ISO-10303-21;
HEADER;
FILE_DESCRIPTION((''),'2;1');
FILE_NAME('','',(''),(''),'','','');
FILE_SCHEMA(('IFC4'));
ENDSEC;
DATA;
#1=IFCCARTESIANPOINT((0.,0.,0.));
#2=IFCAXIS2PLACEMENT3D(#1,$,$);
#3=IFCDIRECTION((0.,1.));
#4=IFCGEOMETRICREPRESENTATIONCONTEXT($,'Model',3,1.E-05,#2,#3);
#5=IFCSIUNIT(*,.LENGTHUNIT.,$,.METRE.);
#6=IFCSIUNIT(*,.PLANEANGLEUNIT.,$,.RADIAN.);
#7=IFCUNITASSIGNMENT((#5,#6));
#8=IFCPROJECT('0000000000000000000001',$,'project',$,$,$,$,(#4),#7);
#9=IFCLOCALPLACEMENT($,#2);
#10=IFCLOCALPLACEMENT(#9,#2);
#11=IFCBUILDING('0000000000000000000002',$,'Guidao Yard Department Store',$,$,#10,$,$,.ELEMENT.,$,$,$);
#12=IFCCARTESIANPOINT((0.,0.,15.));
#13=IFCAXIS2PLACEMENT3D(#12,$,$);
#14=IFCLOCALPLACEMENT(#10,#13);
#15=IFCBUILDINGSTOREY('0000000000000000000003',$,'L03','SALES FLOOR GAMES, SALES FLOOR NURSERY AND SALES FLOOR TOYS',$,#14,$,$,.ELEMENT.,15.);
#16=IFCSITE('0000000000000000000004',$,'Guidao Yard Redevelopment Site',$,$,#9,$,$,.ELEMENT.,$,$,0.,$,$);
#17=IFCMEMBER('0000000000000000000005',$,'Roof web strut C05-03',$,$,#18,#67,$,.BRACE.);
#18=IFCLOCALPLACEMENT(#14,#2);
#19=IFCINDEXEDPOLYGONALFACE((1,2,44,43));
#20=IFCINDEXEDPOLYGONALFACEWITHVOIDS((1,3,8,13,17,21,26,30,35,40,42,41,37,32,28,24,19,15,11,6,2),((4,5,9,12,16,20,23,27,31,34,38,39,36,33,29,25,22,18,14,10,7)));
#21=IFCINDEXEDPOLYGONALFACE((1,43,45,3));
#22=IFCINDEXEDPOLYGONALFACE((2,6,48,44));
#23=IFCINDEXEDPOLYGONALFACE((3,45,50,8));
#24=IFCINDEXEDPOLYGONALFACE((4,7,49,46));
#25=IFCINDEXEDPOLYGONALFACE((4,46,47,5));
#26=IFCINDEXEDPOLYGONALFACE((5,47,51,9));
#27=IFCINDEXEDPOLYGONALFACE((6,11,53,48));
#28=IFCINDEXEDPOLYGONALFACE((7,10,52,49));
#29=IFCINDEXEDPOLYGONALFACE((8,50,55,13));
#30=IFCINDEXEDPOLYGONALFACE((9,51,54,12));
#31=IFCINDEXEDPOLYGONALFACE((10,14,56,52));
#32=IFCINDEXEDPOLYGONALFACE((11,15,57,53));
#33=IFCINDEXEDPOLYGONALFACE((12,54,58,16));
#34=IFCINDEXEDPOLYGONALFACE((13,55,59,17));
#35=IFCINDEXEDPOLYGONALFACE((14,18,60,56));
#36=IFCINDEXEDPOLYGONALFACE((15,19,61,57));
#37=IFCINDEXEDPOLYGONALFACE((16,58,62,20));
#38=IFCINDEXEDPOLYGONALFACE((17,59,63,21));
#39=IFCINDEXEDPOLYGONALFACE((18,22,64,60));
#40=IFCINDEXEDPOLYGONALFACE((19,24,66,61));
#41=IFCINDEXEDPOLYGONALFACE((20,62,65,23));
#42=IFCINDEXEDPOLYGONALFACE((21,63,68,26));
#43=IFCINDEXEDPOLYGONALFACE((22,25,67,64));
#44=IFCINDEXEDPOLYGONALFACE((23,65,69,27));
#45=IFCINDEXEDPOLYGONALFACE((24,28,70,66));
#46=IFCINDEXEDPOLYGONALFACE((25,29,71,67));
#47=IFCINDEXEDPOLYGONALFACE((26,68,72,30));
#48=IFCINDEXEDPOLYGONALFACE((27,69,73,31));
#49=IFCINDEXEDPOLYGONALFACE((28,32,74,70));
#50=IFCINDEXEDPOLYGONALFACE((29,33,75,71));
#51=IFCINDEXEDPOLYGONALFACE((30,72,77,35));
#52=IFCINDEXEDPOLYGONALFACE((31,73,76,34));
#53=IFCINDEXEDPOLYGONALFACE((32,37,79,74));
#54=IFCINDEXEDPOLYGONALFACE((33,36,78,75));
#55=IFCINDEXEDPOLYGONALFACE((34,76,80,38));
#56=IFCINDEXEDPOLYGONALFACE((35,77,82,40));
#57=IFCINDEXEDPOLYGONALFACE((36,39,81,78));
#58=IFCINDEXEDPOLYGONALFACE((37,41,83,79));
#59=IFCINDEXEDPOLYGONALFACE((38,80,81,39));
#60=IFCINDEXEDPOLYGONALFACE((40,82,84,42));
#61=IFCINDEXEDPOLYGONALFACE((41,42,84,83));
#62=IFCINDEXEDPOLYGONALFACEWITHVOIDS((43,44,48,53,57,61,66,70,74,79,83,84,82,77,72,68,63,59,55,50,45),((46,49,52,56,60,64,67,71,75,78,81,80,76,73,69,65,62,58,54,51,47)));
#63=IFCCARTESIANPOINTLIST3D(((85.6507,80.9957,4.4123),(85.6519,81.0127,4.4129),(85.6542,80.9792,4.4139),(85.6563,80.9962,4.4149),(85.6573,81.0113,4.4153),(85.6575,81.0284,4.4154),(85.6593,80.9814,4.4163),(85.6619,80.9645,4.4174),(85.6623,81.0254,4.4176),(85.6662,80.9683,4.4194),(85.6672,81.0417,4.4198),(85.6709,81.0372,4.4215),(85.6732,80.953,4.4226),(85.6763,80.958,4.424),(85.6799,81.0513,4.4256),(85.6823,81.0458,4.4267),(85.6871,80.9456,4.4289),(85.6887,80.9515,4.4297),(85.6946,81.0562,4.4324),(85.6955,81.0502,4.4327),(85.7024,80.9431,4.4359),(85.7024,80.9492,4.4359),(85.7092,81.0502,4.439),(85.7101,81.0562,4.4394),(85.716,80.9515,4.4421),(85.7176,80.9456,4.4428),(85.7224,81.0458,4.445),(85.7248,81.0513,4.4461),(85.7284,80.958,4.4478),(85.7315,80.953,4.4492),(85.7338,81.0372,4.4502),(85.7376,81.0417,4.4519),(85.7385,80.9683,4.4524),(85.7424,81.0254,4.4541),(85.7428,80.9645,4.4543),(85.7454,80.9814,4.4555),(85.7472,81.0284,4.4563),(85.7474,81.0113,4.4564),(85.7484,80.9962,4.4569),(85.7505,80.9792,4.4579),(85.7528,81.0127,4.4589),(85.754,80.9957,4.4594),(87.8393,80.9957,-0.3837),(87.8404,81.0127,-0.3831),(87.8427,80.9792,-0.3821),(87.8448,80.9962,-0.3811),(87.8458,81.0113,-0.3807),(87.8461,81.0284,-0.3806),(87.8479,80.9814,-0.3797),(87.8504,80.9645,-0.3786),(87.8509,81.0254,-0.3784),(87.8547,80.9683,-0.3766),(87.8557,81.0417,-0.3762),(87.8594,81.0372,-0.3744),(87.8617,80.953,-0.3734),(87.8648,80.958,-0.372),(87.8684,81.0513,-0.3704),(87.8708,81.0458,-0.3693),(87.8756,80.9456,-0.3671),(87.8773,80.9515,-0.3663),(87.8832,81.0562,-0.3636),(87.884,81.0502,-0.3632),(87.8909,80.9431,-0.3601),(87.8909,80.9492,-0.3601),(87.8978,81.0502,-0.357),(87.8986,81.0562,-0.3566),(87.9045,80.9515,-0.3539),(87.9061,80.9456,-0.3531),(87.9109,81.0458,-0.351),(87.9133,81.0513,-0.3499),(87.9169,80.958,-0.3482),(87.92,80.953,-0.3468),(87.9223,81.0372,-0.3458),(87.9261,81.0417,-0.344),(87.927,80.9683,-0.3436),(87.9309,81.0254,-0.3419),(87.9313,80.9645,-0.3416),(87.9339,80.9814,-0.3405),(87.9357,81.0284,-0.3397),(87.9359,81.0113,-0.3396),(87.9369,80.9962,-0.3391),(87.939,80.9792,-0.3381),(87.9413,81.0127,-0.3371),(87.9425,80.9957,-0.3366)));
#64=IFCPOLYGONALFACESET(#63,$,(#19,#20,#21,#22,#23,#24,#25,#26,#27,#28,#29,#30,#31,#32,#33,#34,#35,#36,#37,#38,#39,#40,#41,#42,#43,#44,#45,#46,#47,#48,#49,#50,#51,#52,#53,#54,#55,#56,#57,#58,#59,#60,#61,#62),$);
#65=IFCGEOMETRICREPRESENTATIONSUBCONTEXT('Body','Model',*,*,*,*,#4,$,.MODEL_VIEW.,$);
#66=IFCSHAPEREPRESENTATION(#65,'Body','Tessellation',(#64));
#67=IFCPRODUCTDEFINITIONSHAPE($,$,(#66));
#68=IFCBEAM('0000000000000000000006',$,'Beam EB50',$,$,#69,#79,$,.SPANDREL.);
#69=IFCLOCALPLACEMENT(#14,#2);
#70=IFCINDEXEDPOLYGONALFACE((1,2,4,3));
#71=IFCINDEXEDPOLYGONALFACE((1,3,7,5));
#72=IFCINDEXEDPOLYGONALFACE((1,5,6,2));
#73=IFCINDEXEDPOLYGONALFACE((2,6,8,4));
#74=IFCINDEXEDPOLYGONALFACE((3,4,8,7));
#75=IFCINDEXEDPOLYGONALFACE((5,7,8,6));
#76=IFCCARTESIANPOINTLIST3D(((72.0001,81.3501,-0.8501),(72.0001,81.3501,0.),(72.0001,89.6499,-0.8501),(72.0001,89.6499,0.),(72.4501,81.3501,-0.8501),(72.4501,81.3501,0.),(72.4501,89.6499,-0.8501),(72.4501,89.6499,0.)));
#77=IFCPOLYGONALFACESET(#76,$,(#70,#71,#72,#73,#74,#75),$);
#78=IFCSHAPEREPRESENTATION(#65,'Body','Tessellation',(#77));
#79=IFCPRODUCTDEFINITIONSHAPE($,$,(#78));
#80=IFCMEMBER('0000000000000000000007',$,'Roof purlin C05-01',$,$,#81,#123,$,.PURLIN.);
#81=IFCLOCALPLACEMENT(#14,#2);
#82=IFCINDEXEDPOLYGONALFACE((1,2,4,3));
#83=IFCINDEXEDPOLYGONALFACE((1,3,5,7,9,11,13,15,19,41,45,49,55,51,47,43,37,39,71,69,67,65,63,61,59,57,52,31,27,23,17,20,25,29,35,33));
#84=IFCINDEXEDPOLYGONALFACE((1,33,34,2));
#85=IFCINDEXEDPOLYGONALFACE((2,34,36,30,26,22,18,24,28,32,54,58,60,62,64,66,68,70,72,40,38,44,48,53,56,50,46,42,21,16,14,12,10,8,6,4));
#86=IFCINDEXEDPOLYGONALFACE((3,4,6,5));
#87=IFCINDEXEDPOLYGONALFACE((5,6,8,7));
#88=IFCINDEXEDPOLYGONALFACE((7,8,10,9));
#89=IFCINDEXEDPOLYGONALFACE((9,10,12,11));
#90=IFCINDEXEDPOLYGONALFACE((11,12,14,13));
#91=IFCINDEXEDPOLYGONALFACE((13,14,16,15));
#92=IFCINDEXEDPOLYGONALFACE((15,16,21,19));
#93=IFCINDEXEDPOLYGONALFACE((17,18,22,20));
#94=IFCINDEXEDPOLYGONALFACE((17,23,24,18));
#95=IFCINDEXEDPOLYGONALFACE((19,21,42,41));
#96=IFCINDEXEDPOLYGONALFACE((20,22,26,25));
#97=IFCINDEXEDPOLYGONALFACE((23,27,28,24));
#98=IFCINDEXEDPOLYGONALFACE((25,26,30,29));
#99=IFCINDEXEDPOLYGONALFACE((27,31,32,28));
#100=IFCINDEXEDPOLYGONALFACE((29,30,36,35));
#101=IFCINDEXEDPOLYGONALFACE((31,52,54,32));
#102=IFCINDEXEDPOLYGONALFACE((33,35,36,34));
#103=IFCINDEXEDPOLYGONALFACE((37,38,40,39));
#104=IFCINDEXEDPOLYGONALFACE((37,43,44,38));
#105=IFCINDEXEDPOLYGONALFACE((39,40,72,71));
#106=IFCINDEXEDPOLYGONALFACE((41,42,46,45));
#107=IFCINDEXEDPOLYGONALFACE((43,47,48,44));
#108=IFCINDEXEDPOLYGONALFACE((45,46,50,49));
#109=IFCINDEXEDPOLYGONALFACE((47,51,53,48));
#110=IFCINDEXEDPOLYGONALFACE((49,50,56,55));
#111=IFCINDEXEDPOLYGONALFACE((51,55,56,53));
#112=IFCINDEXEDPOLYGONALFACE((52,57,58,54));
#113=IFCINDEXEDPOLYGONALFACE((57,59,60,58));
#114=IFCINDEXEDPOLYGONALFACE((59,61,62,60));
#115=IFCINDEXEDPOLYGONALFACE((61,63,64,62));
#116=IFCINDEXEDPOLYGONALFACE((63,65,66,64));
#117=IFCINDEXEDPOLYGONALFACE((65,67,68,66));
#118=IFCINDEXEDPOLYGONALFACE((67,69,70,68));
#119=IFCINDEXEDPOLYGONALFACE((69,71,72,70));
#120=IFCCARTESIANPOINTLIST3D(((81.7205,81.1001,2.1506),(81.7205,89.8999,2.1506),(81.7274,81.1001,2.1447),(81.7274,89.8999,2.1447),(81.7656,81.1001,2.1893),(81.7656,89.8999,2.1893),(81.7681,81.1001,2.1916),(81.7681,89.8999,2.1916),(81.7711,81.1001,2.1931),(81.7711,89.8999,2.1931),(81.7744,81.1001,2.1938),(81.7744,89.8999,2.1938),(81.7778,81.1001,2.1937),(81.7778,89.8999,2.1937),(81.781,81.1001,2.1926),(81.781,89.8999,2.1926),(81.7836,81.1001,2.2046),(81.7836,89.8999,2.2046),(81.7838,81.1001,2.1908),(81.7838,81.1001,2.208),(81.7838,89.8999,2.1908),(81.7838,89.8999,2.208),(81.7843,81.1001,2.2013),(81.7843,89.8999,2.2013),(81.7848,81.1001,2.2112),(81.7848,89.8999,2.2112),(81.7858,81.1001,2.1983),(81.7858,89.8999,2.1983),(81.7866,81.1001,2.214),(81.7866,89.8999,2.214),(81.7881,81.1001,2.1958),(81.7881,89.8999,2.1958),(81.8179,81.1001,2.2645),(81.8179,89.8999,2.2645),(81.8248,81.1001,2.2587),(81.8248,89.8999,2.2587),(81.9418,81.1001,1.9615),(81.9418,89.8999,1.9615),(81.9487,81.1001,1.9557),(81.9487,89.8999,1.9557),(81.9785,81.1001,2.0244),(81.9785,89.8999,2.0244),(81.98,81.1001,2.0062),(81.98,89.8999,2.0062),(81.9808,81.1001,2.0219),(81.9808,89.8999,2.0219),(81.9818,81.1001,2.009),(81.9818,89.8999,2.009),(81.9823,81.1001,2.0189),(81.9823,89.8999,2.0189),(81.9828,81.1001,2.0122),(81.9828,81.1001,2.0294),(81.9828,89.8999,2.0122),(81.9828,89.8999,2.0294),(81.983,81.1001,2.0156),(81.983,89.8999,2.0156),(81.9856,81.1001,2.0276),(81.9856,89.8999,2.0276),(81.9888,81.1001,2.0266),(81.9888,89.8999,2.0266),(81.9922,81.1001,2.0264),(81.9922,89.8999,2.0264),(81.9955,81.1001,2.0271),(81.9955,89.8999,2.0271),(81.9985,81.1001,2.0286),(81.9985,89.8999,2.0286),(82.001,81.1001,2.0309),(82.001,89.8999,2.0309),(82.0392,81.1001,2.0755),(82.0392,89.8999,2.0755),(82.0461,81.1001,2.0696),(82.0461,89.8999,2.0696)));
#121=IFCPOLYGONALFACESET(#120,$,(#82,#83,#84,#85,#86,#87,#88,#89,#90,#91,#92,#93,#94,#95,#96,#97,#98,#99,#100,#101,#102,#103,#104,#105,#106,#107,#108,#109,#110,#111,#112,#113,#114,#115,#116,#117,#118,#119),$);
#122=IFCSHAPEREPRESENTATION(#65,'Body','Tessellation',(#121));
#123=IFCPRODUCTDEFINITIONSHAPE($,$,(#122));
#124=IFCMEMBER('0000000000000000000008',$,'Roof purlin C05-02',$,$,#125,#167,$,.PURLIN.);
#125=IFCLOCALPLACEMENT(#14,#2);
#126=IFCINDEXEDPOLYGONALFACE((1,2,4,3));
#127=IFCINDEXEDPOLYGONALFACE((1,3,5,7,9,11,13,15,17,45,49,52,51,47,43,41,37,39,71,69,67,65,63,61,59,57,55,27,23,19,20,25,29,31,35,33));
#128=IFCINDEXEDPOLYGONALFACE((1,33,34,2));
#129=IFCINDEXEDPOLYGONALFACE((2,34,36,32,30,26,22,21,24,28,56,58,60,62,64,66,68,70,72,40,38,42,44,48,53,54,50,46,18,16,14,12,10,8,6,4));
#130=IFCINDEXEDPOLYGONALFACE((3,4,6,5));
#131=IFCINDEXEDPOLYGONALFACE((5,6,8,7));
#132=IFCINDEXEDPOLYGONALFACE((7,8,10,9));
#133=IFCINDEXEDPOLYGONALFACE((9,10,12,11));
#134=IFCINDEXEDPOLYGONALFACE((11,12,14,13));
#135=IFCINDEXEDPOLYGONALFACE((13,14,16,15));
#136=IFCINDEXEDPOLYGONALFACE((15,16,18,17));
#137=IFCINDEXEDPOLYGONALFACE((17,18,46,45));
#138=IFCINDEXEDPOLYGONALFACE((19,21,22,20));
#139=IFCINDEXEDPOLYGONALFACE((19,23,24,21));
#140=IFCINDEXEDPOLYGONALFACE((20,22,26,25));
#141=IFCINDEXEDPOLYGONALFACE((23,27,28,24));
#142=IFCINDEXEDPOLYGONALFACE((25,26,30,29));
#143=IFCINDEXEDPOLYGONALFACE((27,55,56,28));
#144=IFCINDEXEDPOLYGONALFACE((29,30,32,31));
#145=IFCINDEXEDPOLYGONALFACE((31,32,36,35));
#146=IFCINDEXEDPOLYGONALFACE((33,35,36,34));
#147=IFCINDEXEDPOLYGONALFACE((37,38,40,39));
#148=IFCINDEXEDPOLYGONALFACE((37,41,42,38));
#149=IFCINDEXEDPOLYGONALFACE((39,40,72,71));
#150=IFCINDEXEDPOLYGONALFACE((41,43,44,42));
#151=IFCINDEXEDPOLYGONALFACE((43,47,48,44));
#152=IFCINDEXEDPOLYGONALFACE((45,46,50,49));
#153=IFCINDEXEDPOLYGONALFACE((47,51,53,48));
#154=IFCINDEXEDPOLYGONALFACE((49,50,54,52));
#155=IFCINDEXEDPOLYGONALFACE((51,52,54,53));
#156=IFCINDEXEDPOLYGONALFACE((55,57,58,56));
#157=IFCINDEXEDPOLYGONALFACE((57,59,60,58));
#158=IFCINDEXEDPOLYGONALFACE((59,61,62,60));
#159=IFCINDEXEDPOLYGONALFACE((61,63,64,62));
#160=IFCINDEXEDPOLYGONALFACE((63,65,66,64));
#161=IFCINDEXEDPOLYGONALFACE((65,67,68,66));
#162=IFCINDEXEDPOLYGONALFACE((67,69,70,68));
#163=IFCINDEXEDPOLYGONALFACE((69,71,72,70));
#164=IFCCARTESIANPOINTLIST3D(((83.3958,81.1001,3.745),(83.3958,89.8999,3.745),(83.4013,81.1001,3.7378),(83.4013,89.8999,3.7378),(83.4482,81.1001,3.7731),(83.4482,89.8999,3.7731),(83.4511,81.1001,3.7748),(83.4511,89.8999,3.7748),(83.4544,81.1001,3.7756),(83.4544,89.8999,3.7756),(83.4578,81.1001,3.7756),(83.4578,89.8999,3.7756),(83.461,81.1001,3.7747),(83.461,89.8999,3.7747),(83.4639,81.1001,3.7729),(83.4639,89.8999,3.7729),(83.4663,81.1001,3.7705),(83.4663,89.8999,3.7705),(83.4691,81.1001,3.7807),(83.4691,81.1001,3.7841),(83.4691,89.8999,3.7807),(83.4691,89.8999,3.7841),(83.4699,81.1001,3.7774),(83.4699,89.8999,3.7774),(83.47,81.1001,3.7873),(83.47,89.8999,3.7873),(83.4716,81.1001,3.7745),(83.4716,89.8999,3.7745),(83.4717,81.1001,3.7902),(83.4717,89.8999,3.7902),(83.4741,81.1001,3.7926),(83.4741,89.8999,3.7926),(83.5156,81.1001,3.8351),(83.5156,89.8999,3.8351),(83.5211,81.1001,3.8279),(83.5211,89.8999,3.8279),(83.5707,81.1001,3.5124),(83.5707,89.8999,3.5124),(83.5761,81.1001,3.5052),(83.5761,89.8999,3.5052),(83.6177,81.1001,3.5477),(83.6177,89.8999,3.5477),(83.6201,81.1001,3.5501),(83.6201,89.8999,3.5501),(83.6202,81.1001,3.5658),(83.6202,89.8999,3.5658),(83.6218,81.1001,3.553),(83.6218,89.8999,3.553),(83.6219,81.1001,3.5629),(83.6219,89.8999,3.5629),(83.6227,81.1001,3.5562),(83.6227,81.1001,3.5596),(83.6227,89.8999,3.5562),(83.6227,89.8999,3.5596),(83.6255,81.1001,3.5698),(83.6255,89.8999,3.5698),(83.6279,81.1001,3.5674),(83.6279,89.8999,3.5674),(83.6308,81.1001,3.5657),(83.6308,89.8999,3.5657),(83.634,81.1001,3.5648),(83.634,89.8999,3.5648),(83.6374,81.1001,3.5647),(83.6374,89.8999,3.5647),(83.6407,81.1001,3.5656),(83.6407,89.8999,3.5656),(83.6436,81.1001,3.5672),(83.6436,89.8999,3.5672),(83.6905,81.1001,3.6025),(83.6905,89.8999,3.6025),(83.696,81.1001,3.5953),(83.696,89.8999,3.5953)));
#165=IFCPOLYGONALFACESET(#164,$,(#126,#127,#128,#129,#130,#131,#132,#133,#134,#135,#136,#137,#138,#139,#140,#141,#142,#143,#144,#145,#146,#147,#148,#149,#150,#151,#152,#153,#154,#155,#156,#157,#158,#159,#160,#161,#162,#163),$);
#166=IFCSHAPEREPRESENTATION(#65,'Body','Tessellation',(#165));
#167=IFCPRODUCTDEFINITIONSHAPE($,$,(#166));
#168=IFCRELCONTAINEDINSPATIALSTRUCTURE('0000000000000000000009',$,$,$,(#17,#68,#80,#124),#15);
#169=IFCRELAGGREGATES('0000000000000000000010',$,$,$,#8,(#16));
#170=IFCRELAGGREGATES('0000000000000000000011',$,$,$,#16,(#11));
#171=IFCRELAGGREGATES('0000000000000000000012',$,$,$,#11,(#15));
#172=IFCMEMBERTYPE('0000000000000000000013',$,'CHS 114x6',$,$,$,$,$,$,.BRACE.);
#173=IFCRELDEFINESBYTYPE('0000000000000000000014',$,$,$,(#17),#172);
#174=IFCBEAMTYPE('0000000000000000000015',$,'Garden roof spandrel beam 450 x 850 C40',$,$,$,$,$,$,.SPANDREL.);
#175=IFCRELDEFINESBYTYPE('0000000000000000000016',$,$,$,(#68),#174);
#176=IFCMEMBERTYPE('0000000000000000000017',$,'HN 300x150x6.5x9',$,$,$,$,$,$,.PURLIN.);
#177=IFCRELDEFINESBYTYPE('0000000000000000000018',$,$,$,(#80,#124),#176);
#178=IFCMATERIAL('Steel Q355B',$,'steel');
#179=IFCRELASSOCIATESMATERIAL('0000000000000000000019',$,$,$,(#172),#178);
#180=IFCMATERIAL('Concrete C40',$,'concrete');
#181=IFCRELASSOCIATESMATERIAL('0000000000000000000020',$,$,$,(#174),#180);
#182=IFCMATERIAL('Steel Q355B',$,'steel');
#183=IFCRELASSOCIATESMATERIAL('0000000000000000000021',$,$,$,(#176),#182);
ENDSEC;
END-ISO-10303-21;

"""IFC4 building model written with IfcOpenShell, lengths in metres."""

from ifc_helpers import new_model, si_unit, direction, frame, origin, origin_2d, place, context, subcontext, project, spatial, rectangle, hollow_circle, i_section, extrude, material, material_profile, profile_set, type_object, element, save


model = new_model("IFC4")

# Units and contexts
model_context = context("Model", 3, precision=1e-05, world=origin(), true_north=direction((0.0, 1.0)))
body_context = subcontext(model_context, "Body", "Model", "MODEL_VIEW")
ifc_project = project(units=[si_unit("LENGTHUNIT", "METRE"), si_unit("PLANEANGLEUNIT", "RADIAN")], contexts=[model_context])

# Site, building, storey
site_placement = place(None, origin())
site = spatial("IfcSite", under=ifc_project, at=site_placement, Name="Guidao Yard Redevelopment Site", CompositionType="ELEMENT", RefElevation=0.0)
building_placement = place(site_placement, origin())
building = spatial("IfcBuilding", under=site, at=building_placement, Name="Guidao Yard Department Store", CompositionType="ELEMENT")
storey_placement = place(building_placement, frame((0.0, 0.0, 15.0)))
storey = spatial("IfcBuildingStorey", under=building, at=storey_placement, Name="L03", Description="SALES FLOOR GAMES, SALES FLOOR NURSERY AND SALES FLOOR TOYS", CompositionType="ELEMENT", Elevation=15.0)

# Member
ifc_material_1 = material(Name="Steel Q355B", Category="steel")
ifc_material_profile_1 = material_profile(ifc_material_1, hollow_circle(Radius=0.0569, WallThickness=0.0061, at=origin_2d()), Name="CHS 114x6")
ifc_profile_set_1 = profile_set([ifc_material_profile_1], Name="Steel Q355B")
member_type_1 = type_object("IfcMemberType", Name="CHS 114x6", PredefinedType="BRACE", material=ifc_profile_set_1)
member_placement = place(storey_placement, frame((87.8909, 81.0, -0.3601), z_axis=(-0.415142, 0.0, 0.909756), x_axis=(0.0, -1.0, 0.0)))
element("IfcMember", 1, at=member_placement, inside=storey, type_object=member_type_1, Name="Roof web strut C05-03", PredefinedType="BRACE", context=body_context, shape_type="SweptSolid", body=[
    extrude(hollow_circle(Radius=0.0569, WallThickness=0.0061, at=origin_2d()), origin(), (0.0, 0.0, 1.0), 5.2717),
])

# Beam
ifc_material_2 = material(Name="Concrete C40", Category="concrete")
ifc_material_profile_2 = material_profile(ifc_material_2, rectangle(XDim=0.45, YDim=0.8501, at=origin_2d()), Name="Garden roof spandrel beam 450 x 850 C40")
ifc_profile_set_2 = profile_set([ifc_material_profile_2], Name="Concrete C40")
beam_type_1 = type_object("IfcBeamType", Name="Garden roof spandrel beam 450 x 850 C40", PredefinedType="SPANDREL", material=ifc_profile_set_2)
beam_placement = place(storey_placement, frame((72.2251, 81.3501, -0.425), z_axis=(0.0, 1.0, 0.0), x_axis=(-1.0, 0.0, 0.0)))
element("IfcBeam", 2, at=beam_placement, inside=storey, type_object=beam_type_1, Name="Beam EB50", PredefinedType="SPANDREL", context=body_context, shape_type="SweptSolid", body=[
    extrude(rectangle(XDim=0.45, YDim=0.8501, at=origin_2d()), origin(), (0.0, 0.0, 1.0), 8.2998),
])

# Members
ifc_material_3 = material(Name="Steel Q355B", Category="steel")
ifc_material_profile_3 = material_profile(ifc_material_3, i_section(OverallWidth=0.1499, OverallDepth=0.3, WebThickness=0.0066, FlangeThickness=0.009, FilletRadius=0.0129, at=origin_2d()), Name="HN 300x150x6.5x9")
ifc_profile_set_3 = profile_set([ifc_material_profile_3], Name="Steel Q355B")
member_type_2 = type_object("IfcMemberType", Name="HN 300x150x6.5x9", PredefinedType="PURLIN", material=ifc_profile_set_3)
for number, where, z_axis, x_axis, name in (
    (3, (81.8833, 81.1001, 2.1101), (0.0, 1.0, 0.0), (-0.649537, 0.0, -0.76033), "Roof purlin C05-01"),
    (4, (83.5459, 81.1001, 3.6702), (0.0, 1.0, 0.0), (-0.799284, 0.0, -0.600954), "Roof purlin C05-02"),
):
    element("IfcMember", number, at=place(storey_placement, frame(where, z_axis=z_axis, x_axis=x_axis)), inside=storey, type_object=member_type_2, Name=name, PredefinedType="PURLIN", context=body_context, shape_type="SweptSolid", body=[
        extrude(i_section(OverallWidth=0.1499, OverallDepth=0.3, WebThickness=0.0066, FlangeThickness=0.009, FilletRadius=0.0129, at=origin_2d()), origin(), (0.0, 0.0, 1.0), 8.7998),
    ])

save(model, "model.ifc")
